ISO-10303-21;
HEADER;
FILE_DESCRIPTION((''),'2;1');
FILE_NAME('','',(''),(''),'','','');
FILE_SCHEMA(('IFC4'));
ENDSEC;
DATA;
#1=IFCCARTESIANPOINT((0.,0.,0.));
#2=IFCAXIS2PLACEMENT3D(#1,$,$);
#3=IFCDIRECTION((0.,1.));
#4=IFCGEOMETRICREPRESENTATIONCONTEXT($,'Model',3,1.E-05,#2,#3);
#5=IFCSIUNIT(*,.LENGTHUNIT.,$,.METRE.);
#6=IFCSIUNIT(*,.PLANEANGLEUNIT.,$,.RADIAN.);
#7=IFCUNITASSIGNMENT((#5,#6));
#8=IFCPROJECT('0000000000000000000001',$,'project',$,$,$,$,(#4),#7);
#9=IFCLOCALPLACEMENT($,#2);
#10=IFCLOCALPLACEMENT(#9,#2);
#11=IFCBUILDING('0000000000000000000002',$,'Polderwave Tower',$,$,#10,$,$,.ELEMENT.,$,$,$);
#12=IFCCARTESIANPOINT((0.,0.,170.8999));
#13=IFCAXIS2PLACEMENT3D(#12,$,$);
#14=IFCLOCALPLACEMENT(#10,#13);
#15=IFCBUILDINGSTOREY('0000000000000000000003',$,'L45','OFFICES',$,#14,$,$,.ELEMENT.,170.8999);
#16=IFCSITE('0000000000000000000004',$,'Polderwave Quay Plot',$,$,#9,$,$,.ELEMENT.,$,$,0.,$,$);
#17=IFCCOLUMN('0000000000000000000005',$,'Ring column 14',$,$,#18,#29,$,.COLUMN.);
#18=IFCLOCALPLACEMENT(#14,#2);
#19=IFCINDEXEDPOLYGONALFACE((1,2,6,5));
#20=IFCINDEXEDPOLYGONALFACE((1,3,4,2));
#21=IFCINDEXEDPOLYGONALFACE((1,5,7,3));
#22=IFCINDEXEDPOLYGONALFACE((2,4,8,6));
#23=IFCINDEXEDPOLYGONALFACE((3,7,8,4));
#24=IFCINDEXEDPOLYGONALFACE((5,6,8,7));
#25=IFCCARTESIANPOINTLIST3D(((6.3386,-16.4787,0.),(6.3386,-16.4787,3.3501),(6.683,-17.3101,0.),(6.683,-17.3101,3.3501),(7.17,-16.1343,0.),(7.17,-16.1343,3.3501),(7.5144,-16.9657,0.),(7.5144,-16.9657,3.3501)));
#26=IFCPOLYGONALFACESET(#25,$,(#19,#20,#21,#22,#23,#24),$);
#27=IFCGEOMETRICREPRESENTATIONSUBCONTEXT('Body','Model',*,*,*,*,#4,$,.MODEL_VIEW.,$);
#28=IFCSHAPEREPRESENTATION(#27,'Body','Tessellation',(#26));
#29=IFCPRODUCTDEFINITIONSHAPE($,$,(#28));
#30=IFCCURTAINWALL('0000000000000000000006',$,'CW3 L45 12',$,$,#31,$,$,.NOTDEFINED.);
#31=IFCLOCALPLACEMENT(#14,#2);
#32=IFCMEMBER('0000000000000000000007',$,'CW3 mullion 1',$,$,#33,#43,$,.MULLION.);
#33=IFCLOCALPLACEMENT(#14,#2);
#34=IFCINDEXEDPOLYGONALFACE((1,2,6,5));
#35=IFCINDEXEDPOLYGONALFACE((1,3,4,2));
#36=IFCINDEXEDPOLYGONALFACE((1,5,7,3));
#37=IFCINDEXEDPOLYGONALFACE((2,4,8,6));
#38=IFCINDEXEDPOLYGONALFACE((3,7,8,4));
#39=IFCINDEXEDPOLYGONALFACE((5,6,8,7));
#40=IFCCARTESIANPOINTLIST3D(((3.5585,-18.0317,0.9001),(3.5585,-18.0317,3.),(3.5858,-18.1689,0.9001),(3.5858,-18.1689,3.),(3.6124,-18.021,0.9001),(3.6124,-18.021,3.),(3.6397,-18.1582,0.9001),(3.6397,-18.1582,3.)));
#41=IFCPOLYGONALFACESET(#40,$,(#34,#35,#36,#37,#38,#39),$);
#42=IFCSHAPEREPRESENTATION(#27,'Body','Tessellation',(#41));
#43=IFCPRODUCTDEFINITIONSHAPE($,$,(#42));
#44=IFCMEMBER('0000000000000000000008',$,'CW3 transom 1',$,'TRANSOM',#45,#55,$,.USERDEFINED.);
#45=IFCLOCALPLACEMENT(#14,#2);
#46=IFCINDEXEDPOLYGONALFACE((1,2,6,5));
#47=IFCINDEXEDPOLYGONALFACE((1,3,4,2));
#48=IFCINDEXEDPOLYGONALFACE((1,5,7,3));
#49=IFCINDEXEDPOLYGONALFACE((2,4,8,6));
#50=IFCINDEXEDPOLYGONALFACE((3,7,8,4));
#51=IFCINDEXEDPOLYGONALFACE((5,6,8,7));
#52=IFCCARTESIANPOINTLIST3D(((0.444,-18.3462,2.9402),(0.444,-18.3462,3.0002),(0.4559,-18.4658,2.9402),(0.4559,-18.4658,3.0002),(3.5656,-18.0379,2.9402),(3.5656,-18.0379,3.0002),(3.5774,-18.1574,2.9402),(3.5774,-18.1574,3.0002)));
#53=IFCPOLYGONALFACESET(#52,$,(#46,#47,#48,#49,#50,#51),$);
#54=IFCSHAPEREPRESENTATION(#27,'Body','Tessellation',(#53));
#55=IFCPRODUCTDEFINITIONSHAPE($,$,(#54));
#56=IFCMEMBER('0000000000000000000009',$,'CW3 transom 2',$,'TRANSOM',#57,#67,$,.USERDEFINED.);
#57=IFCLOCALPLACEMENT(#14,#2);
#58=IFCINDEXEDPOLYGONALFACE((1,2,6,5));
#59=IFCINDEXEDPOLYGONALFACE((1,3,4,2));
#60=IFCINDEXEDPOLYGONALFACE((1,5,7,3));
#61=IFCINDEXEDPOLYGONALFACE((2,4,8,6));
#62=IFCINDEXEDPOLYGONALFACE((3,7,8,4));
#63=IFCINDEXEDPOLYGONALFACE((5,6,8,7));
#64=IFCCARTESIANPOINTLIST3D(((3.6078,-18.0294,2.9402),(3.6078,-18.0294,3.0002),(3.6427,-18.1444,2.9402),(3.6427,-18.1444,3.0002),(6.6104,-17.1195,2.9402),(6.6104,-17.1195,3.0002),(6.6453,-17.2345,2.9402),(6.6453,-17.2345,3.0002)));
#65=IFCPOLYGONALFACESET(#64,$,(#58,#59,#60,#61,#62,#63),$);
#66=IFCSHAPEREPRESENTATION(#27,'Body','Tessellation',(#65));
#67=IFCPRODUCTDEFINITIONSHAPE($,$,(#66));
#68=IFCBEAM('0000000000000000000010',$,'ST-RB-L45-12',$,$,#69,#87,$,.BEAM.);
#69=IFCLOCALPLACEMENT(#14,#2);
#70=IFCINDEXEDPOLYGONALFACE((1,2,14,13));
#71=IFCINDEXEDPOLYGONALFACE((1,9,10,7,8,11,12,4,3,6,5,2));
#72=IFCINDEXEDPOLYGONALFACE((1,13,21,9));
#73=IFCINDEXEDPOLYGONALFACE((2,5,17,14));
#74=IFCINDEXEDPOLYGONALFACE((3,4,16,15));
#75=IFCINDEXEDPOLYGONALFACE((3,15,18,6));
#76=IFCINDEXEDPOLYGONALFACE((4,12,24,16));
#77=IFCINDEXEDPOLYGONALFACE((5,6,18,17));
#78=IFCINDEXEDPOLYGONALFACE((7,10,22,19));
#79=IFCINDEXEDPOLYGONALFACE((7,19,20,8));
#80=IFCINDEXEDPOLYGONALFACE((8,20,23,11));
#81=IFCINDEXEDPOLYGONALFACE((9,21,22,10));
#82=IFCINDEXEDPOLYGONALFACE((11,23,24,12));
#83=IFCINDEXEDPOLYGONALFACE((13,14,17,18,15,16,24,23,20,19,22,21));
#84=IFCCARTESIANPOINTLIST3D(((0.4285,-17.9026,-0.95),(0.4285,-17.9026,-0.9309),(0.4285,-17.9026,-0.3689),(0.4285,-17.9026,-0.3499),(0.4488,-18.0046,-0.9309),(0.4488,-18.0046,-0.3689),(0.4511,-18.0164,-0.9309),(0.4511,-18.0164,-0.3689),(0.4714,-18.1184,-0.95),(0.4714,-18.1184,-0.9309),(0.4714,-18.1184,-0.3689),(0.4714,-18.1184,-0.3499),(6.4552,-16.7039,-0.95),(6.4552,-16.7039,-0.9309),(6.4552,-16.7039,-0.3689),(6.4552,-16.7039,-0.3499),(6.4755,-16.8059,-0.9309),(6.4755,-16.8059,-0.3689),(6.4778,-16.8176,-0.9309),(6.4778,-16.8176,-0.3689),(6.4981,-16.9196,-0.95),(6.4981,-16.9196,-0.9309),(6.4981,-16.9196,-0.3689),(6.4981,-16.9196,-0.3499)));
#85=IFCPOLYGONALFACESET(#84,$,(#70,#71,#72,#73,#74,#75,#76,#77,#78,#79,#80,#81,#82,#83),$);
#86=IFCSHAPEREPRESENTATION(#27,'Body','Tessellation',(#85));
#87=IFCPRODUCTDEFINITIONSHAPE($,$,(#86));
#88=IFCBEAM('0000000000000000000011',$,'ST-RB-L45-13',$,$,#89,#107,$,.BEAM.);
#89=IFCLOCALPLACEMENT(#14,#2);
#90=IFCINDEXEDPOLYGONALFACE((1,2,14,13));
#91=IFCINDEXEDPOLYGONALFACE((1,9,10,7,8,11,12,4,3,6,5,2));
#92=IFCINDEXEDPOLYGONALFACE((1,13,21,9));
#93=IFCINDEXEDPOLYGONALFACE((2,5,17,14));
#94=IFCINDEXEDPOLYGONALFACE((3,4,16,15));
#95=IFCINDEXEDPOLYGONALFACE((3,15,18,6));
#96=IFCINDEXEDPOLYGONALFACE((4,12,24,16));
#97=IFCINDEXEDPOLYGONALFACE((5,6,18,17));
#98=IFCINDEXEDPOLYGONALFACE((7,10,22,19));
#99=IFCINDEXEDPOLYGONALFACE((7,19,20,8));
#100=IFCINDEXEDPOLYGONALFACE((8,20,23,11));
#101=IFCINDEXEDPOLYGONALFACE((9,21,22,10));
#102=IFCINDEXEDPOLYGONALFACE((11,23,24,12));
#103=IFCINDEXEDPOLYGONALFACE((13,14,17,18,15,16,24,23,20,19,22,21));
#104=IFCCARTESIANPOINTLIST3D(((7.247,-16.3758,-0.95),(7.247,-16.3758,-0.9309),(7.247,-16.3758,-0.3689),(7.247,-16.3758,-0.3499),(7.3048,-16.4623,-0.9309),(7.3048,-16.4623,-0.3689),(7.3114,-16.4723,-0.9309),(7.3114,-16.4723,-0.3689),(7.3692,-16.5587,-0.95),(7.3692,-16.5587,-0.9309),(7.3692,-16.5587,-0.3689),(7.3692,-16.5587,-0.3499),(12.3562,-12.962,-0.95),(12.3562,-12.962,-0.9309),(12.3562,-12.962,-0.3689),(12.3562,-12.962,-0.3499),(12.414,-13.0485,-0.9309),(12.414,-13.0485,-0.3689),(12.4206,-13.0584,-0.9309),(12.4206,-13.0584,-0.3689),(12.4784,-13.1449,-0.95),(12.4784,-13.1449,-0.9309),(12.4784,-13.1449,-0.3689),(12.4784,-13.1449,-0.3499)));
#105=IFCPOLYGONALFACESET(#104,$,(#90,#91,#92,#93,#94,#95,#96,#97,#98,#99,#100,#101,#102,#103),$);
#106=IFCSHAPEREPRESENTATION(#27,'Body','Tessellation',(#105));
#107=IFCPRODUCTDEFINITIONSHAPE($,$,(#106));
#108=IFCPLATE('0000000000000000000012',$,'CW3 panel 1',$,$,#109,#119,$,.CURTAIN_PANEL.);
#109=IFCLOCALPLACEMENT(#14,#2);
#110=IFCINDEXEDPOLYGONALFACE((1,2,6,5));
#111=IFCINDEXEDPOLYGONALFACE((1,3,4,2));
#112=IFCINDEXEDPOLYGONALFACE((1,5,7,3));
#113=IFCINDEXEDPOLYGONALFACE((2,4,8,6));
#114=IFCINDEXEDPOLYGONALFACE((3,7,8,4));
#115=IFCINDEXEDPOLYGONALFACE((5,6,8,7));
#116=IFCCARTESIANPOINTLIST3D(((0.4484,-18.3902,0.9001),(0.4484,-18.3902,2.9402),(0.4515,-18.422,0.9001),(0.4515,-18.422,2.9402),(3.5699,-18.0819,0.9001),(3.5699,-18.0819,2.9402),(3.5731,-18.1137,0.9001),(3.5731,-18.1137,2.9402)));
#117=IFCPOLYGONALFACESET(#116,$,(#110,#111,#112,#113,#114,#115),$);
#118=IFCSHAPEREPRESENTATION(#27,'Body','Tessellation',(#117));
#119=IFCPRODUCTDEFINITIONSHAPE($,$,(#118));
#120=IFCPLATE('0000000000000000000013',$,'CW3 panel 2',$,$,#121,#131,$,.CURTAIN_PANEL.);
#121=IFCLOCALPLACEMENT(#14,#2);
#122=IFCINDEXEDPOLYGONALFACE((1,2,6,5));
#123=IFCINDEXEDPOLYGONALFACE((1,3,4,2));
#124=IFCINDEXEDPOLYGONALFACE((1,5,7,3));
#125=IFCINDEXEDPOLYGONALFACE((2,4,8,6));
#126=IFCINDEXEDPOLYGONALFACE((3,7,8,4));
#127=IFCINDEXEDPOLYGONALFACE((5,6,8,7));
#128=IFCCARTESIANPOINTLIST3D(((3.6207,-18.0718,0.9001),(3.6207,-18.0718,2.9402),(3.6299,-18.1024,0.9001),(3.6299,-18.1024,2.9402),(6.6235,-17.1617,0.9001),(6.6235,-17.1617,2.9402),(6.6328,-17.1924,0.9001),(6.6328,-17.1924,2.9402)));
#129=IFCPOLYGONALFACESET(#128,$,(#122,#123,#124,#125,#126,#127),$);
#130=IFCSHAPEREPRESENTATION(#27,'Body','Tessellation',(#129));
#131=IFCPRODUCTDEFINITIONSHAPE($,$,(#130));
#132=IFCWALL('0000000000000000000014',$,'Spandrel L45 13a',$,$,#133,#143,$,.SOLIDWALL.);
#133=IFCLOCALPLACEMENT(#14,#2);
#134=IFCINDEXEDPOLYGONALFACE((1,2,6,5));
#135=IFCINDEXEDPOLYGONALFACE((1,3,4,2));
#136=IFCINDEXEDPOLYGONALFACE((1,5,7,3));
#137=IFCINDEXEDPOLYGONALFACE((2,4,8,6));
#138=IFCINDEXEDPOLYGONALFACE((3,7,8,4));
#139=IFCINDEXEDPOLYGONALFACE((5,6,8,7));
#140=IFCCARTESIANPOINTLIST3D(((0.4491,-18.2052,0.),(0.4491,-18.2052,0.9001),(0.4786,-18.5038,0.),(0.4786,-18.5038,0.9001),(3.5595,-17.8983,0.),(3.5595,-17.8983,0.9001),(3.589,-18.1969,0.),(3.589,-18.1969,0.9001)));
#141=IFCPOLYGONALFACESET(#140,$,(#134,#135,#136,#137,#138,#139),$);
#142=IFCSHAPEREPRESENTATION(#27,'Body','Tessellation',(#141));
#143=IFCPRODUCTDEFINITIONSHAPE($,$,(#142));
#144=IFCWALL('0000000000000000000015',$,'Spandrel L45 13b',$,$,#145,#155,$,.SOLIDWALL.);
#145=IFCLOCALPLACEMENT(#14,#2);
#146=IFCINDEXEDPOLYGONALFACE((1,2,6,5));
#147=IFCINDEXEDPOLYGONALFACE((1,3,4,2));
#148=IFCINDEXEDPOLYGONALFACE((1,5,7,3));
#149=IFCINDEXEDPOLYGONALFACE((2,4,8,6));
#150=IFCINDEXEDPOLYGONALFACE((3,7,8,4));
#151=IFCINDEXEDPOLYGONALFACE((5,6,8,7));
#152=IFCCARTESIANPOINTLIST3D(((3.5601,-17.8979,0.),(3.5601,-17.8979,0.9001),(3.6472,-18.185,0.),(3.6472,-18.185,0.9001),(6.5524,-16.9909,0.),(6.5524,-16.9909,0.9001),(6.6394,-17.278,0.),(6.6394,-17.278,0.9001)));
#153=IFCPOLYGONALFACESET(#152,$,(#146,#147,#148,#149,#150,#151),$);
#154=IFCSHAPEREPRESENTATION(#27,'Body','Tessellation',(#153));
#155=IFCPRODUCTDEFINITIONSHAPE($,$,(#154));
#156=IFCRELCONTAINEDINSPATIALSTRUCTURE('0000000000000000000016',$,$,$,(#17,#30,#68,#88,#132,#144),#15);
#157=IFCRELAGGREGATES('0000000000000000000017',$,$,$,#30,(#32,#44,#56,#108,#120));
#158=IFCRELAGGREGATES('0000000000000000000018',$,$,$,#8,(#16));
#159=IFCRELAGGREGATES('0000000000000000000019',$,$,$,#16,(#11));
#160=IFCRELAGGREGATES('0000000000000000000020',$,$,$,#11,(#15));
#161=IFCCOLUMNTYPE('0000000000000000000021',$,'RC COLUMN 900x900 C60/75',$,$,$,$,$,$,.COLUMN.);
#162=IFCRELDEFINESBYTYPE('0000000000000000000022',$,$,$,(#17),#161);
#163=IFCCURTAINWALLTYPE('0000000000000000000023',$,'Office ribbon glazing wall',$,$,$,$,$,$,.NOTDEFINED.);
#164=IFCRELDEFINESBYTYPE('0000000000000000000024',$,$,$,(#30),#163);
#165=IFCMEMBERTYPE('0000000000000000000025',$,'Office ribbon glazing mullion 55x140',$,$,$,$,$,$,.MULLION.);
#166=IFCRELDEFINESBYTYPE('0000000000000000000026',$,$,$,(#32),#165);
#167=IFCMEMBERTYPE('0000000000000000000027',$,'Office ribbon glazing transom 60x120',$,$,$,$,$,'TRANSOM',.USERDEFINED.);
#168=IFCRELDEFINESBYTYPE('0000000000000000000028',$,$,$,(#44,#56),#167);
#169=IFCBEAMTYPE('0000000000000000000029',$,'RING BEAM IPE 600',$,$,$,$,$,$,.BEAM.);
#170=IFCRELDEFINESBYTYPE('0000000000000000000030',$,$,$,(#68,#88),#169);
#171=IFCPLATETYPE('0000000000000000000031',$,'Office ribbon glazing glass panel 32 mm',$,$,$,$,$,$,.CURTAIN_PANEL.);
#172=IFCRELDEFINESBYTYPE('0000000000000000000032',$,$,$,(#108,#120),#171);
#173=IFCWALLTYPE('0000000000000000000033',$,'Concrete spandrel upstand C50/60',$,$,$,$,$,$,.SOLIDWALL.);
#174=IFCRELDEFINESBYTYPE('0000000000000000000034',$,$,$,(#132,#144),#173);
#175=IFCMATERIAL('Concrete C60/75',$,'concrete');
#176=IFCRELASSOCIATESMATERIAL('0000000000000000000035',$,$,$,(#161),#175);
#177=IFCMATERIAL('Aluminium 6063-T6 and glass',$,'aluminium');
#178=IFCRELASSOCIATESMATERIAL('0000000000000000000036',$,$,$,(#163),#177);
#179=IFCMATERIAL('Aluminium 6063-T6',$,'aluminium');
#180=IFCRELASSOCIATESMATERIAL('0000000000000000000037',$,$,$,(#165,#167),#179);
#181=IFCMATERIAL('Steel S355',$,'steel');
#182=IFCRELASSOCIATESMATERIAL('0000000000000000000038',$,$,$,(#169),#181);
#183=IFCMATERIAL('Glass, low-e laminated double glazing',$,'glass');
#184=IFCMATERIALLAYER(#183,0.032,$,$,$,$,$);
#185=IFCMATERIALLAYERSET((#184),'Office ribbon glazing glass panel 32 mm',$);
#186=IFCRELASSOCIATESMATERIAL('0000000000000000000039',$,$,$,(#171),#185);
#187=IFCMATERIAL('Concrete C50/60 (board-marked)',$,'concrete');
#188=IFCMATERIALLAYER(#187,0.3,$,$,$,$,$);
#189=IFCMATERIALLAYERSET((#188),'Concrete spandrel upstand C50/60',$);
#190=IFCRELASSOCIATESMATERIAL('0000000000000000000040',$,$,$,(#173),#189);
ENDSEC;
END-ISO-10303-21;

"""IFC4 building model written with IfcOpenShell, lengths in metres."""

from ifc_helpers import new_model, si_unit, direction, frame, frame_2d, origin, origin_2d, place, context, subcontext, project, spatial, rectangle, i_section, extrude, material, layer, layer_set, material_profile, profile_set, type_object, element, aggregate, save


model = new_model("IFC4")

# Units and contexts
model_context = context("Model", 3, precision=1e-05, world=origin(), true_north=direction((0.0, 1.0)))
body_context = subcontext(model_context, "Body", "Model", "MODEL_VIEW")
ifc_project = project(units=[si_unit("LENGTHUNIT", "METRE"), si_unit("PLANEANGLEUNIT", "RADIAN")], contexts=[model_context])

# Site, building, storey
site_placement = place(None, origin())
site = spatial("IfcSite", under=ifc_project, at=site_placement, Name="Polderwave Quay Plot", CompositionType="ELEMENT", RefElevation=0.0)
building_placement = place(site_placement, origin())
building = spatial("IfcBuilding", under=site, at=building_placement, Name="Polderwave Tower", CompositionType="ELEMENT")
storey_placement = place(building_placement, frame((0.0, 0.0, 170.8999)))
storey = spatial("IfcBuildingStorey", under=building, at=storey_placement, Name="L45", Description="OFFICES", CompositionType="ELEMENT", Elevation=170.8999)

# Column
ifc_material_1 = material(Name="Concrete C60/75", Category="concrete")
ifc_material_profile_1 = material_profile(ifc_material_1, rectangle(XDim=0.8999, YDim=0.8999, at=origin_2d()), Name="RC 900x900")
ifc_profile_set_1 = profile_set([ifc_material_profile_1], Name="Concrete C60/75")
column_type = type_object("IfcColumnType", Name="RC COLUMN 900x900 C60/75", PredefinedType="COLUMN", material=ifc_profile_set_1)
column_placement = place(storey_placement, frame((6.9265, -16.7222, 0.0), z_axis=(0.0, 0.0, 1.0), x_axis=(0.382683, -0.92388, 0.0)))
element("IfcColumn", 1, at=column_placement, inside=storey, type_object=column_type, Name="Ring column 14", PredefinedType="COLUMN", context=body_context, shape_type="SweptSolid", body=[
    extrude(rectangle(XDim=0.8999, YDim=0.8999, at=origin_2d()), origin(), (0.0, 0.0, 1.0), 3.3501),
])

# Curtain wall, members
ifc_material_2 = material(Name="Aluminium 6063-T6 and glass", Category="aluminium")
curtain_wall_type = type_object("IfcCurtainWallType", Name="Office ribbon glazing wall", PredefinedType="NOTDEFINED", material=ifc_material_2)
curtain_wall_placement = place(storey_placement, origin())
curtain_wall = element("IfcCurtainWall", 2, at=curtain_wall_placement, inside=storey, type_object=curtain_wall_type, Name="CW3 L45 12", PredefinedType="NOTDEFINED")
ifc_material_3 = material(Name="Aluminium 6063-T6", Category="aluminium")
ifc_material_profile_2 = material_profile(ifc_material_3, rectangle(XDim=0.1399, YDim=0.0549, at=origin_2d()), Name="AL 55x140")
ifc_profile_set_2 = profile_set([ifc_material_profile_2], Name="Aluminium 6063-T6")
member_type_1 = type_object("IfcMemberType", Name="Office ribbon glazing mullion 55x140", PredefinedType="MULLION", material=ifc_profile_set_2)
member_1_placement = place(storey_placement, frame((3.5991, -18.095, 0.9001), z_axis=(0.0, 0.0, 1.0), x_axis=(-0.195097, 0.980784, 0.0)))
member_1 = element("IfcMember", 3, at=member_1_placement, type_object=member_type_1, Name="CW3 mullion 1", PredefinedType="MULLION", context=body_context, shape_type="SweptSolid", body=[
    extrude(rectangle(XDim=0.1399, YDim=0.0549, at=origin_2d()), origin(), (0.0, 0.0, 1.0), 2.0999),
])
ifc_material_profile_3 = material_profile(ifc_material_3, rectangle(XDim=0.1201, YDim=0.0601, at=origin_2d()), Name="AL 60x120")
ifc_profile_set_3 = profile_set([ifc_material_profile_3], Name="Aluminium 6063-T6")
member_type_2 = type_object("IfcMemberType", Name="Office ribbon glazing transom 60x120", ElementType="TRANSOM", PredefinedType="USERDEFINED", material=ifc_profile_set_3)
member_2_placement = place(storey_placement, frame((0.45, -18.406, 2.9702), z_axis=(0.995157, 0.098301, 0.0), x_axis=(-0.098301, 0.995157, 0.0)))
member_2 = element("IfcMember", 4, at=member_2_placement, type_object=member_type_2, Name="CW3 transom 1", ObjectType="TRANSOM", PredefinedType="USERDEFINED", context=body_context, shape_type="SweptSolid", body=[
    extrude(rectangle(XDim=0.1201, YDim=0.0601, at=origin_2d()), origin(), (0.0, 0.0, 1.0), 3.1367),
])
member_3_placement = place(storey_placement, frame((3.6252, -18.0869, 2.9702), z_axis=(0.957024, 0.29001, 0.0), x_axis=(-0.29001, 0.957024, 0.0)))
member_3 = element("IfcMember", 5, at=member_3_placement, type_object=member_type_2, Name="CW3 transom 2", ObjectType="TRANSOM", PredefinedType="USERDEFINED", context=body_context, shape_type="SweptSolid", body=[
    extrude(rectangle(XDim=0.1201, YDim=0.0601, at=origin_2d()), origin(), (0.0, 0.0, 1.0), 3.1375),
])

# Beams
ifc_material_4 = material(Name="Steel S355", Category="steel")
ifc_material_profile_4 = material_profile(ifc_material_4, i_section(OverallWidth=0.22, OverallDepth=0.6001, WebThickness=0.012, FlangeThickness=0.019, at=origin_2d()), Name="IPE 600")
ifc_profile_set_4 = profile_set([ifc_material_profile_4], Name="Steel S355")
beam_type = type_object("IfcBeamType", Name="RING BEAM IPE 600", PredefinedType="BEAM", material=ifc_profile_set_4)
for number, where, z_axis, x_axis, name in (
    (6, (0.45, -18.0105, -0.6499), (0.980786, 0.195085, 0.0), (-0.195085, 0.980786, 0.0), "ST-RB-L45-12"),
    (7, (7.3081, -16.4673, -0.6499), (0.831469, 0.555571, 0.0), (-0.555571, 0.831469, 0.0), "ST-RB-L45-13"),
):
    element("IfcBeam", number, at=place(storey_placement, frame(where, z_axis=z_axis, x_axis=x_axis)), inside=storey, type_object=beam_type, Name=name, PredefinedType="BEAM", context=body_context, shape_type="SweptSolid", body=[
        extrude(i_section(OverallWidth=0.22, OverallDepth=0.6001, WebThickness=0.012, FlangeThickness=0.019, at=origin_2d()), origin(), (0.0, 0.0, 1.0), 6.1448),
    ])

# Plates
ifc_material_5 = material(Name="Glass, low-e laminated double glazing", Category="glass")
ifc_layer_1 = layer(ifc_material_5, 0.032)
ifc_layer_set_1 = layer_set([ifc_layer_1], Name="Office ribbon glazing glass panel 32 mm")
plate_type = type_object("IfcPlateType", Name="Office ribbon glazing glass panel 32 mm", PredefinedType="CURTAIN_PANEL", material=ifc_layer_set_1)
plate_1_placement = place(storey_placement, frame((2.0107, -18.252, 0.9001), z_axis=(0.0, 0.0, 1.0), x_axis=(0.995159, 0.098283, 0.0)))
plate_1 = element("IfcPlate", 8, at=plate_1_placement, type_object=plate_type, Name="CW3 panel 1", PredefinedType="CURTAIN_PANEL", context=body_context, shape_type="SweptSolid", body=[
    extrude(rectangle(XDim=3.1367, YDim=0.032, at=origin_2d()), origin(), (0.0, 0.0, 1.0), 2.04),
])
plate_2_placement = place(storey_placement, frame((5.1267, -17.6321, 0.9001), z_axis=(0.0, 0.0, 1.0), x_axis=(0.957014, 0.290042, 0.0)))
plate_2 = element("IfcPlate", 9, at=plate_2_placement, type_object=plate_type, Name="CW3 panel 2", PredefinedType="CURTAIN_PANEL", context=body_context, shape_type="SweptSolid", body=[
    extrude(rectangle(XDim=3.1377, YDim=0.032, at=origin_2d()), origin(), (0.0, 0.0, 1.0), 2.04),
])
aggregate(curtain_wall, [member_1, member_2, member_3, plate_1, plate_2])

# Walls
ifc_material_6 = material(Name="Concrete C50/60 (board-marked)", Category="concrete")
ifc_layer_2 = layer(ifc_material_6, 0.3)
ifc_layer_set_2 = layer_set([ifc_layer_2], Name="Concrete spandrel upstand C50/60")
wall_type_1 = type_object("IfcWallType", Name="Concrete spandrel upstand C50/60", PredefinedType="SOLIDWALL", material=ifc_layer_set_2)
wall_1_placement = place(storey_placement, frame((0.4639, -18.3545, 0.0), z_axis=(0.0, 0.0, 1.0), x_axis=(0.995168, 0.098189, 0.0)))
element("IfcWall", 10, at=wall_1_placement, inside=storey, type_object=wall_type_1, Name="Spandrel L45 13a", PredefinedType="SOLIDWALL", context=body_context, shape_type="SweptSolid", body=[
    extrude(rectangle(XDim=3.1255, YDim=0.3, at=frame_2d((1.5627, 0.0))), origin(), (0.0, 0.0, 1.0), 0.9001),
])
wall_2_placement = place(storey_placement, frame((3.6035, -18.0415, 0.0), z_axis=(0.0, 0.0, 1.0), x_axis=(0.957001, 0.290083, 0.0)))
element("IfcWall", 11, at=wall_2_placement, inside=storey, type_object=wall_type_1, Name="Spandrel L45 13b", PredefinedType="SOLIDWALL", context=body_context, shape_type="SweptSolid", body=[
    extrude(rectangle(XDim=3.1267, YDim=0.3, at=frame_2d((1.5635, 0.0))), origin(), (0.0, 0.0, 1.0), 0.9001),
])

save(model, "model.ifc")
